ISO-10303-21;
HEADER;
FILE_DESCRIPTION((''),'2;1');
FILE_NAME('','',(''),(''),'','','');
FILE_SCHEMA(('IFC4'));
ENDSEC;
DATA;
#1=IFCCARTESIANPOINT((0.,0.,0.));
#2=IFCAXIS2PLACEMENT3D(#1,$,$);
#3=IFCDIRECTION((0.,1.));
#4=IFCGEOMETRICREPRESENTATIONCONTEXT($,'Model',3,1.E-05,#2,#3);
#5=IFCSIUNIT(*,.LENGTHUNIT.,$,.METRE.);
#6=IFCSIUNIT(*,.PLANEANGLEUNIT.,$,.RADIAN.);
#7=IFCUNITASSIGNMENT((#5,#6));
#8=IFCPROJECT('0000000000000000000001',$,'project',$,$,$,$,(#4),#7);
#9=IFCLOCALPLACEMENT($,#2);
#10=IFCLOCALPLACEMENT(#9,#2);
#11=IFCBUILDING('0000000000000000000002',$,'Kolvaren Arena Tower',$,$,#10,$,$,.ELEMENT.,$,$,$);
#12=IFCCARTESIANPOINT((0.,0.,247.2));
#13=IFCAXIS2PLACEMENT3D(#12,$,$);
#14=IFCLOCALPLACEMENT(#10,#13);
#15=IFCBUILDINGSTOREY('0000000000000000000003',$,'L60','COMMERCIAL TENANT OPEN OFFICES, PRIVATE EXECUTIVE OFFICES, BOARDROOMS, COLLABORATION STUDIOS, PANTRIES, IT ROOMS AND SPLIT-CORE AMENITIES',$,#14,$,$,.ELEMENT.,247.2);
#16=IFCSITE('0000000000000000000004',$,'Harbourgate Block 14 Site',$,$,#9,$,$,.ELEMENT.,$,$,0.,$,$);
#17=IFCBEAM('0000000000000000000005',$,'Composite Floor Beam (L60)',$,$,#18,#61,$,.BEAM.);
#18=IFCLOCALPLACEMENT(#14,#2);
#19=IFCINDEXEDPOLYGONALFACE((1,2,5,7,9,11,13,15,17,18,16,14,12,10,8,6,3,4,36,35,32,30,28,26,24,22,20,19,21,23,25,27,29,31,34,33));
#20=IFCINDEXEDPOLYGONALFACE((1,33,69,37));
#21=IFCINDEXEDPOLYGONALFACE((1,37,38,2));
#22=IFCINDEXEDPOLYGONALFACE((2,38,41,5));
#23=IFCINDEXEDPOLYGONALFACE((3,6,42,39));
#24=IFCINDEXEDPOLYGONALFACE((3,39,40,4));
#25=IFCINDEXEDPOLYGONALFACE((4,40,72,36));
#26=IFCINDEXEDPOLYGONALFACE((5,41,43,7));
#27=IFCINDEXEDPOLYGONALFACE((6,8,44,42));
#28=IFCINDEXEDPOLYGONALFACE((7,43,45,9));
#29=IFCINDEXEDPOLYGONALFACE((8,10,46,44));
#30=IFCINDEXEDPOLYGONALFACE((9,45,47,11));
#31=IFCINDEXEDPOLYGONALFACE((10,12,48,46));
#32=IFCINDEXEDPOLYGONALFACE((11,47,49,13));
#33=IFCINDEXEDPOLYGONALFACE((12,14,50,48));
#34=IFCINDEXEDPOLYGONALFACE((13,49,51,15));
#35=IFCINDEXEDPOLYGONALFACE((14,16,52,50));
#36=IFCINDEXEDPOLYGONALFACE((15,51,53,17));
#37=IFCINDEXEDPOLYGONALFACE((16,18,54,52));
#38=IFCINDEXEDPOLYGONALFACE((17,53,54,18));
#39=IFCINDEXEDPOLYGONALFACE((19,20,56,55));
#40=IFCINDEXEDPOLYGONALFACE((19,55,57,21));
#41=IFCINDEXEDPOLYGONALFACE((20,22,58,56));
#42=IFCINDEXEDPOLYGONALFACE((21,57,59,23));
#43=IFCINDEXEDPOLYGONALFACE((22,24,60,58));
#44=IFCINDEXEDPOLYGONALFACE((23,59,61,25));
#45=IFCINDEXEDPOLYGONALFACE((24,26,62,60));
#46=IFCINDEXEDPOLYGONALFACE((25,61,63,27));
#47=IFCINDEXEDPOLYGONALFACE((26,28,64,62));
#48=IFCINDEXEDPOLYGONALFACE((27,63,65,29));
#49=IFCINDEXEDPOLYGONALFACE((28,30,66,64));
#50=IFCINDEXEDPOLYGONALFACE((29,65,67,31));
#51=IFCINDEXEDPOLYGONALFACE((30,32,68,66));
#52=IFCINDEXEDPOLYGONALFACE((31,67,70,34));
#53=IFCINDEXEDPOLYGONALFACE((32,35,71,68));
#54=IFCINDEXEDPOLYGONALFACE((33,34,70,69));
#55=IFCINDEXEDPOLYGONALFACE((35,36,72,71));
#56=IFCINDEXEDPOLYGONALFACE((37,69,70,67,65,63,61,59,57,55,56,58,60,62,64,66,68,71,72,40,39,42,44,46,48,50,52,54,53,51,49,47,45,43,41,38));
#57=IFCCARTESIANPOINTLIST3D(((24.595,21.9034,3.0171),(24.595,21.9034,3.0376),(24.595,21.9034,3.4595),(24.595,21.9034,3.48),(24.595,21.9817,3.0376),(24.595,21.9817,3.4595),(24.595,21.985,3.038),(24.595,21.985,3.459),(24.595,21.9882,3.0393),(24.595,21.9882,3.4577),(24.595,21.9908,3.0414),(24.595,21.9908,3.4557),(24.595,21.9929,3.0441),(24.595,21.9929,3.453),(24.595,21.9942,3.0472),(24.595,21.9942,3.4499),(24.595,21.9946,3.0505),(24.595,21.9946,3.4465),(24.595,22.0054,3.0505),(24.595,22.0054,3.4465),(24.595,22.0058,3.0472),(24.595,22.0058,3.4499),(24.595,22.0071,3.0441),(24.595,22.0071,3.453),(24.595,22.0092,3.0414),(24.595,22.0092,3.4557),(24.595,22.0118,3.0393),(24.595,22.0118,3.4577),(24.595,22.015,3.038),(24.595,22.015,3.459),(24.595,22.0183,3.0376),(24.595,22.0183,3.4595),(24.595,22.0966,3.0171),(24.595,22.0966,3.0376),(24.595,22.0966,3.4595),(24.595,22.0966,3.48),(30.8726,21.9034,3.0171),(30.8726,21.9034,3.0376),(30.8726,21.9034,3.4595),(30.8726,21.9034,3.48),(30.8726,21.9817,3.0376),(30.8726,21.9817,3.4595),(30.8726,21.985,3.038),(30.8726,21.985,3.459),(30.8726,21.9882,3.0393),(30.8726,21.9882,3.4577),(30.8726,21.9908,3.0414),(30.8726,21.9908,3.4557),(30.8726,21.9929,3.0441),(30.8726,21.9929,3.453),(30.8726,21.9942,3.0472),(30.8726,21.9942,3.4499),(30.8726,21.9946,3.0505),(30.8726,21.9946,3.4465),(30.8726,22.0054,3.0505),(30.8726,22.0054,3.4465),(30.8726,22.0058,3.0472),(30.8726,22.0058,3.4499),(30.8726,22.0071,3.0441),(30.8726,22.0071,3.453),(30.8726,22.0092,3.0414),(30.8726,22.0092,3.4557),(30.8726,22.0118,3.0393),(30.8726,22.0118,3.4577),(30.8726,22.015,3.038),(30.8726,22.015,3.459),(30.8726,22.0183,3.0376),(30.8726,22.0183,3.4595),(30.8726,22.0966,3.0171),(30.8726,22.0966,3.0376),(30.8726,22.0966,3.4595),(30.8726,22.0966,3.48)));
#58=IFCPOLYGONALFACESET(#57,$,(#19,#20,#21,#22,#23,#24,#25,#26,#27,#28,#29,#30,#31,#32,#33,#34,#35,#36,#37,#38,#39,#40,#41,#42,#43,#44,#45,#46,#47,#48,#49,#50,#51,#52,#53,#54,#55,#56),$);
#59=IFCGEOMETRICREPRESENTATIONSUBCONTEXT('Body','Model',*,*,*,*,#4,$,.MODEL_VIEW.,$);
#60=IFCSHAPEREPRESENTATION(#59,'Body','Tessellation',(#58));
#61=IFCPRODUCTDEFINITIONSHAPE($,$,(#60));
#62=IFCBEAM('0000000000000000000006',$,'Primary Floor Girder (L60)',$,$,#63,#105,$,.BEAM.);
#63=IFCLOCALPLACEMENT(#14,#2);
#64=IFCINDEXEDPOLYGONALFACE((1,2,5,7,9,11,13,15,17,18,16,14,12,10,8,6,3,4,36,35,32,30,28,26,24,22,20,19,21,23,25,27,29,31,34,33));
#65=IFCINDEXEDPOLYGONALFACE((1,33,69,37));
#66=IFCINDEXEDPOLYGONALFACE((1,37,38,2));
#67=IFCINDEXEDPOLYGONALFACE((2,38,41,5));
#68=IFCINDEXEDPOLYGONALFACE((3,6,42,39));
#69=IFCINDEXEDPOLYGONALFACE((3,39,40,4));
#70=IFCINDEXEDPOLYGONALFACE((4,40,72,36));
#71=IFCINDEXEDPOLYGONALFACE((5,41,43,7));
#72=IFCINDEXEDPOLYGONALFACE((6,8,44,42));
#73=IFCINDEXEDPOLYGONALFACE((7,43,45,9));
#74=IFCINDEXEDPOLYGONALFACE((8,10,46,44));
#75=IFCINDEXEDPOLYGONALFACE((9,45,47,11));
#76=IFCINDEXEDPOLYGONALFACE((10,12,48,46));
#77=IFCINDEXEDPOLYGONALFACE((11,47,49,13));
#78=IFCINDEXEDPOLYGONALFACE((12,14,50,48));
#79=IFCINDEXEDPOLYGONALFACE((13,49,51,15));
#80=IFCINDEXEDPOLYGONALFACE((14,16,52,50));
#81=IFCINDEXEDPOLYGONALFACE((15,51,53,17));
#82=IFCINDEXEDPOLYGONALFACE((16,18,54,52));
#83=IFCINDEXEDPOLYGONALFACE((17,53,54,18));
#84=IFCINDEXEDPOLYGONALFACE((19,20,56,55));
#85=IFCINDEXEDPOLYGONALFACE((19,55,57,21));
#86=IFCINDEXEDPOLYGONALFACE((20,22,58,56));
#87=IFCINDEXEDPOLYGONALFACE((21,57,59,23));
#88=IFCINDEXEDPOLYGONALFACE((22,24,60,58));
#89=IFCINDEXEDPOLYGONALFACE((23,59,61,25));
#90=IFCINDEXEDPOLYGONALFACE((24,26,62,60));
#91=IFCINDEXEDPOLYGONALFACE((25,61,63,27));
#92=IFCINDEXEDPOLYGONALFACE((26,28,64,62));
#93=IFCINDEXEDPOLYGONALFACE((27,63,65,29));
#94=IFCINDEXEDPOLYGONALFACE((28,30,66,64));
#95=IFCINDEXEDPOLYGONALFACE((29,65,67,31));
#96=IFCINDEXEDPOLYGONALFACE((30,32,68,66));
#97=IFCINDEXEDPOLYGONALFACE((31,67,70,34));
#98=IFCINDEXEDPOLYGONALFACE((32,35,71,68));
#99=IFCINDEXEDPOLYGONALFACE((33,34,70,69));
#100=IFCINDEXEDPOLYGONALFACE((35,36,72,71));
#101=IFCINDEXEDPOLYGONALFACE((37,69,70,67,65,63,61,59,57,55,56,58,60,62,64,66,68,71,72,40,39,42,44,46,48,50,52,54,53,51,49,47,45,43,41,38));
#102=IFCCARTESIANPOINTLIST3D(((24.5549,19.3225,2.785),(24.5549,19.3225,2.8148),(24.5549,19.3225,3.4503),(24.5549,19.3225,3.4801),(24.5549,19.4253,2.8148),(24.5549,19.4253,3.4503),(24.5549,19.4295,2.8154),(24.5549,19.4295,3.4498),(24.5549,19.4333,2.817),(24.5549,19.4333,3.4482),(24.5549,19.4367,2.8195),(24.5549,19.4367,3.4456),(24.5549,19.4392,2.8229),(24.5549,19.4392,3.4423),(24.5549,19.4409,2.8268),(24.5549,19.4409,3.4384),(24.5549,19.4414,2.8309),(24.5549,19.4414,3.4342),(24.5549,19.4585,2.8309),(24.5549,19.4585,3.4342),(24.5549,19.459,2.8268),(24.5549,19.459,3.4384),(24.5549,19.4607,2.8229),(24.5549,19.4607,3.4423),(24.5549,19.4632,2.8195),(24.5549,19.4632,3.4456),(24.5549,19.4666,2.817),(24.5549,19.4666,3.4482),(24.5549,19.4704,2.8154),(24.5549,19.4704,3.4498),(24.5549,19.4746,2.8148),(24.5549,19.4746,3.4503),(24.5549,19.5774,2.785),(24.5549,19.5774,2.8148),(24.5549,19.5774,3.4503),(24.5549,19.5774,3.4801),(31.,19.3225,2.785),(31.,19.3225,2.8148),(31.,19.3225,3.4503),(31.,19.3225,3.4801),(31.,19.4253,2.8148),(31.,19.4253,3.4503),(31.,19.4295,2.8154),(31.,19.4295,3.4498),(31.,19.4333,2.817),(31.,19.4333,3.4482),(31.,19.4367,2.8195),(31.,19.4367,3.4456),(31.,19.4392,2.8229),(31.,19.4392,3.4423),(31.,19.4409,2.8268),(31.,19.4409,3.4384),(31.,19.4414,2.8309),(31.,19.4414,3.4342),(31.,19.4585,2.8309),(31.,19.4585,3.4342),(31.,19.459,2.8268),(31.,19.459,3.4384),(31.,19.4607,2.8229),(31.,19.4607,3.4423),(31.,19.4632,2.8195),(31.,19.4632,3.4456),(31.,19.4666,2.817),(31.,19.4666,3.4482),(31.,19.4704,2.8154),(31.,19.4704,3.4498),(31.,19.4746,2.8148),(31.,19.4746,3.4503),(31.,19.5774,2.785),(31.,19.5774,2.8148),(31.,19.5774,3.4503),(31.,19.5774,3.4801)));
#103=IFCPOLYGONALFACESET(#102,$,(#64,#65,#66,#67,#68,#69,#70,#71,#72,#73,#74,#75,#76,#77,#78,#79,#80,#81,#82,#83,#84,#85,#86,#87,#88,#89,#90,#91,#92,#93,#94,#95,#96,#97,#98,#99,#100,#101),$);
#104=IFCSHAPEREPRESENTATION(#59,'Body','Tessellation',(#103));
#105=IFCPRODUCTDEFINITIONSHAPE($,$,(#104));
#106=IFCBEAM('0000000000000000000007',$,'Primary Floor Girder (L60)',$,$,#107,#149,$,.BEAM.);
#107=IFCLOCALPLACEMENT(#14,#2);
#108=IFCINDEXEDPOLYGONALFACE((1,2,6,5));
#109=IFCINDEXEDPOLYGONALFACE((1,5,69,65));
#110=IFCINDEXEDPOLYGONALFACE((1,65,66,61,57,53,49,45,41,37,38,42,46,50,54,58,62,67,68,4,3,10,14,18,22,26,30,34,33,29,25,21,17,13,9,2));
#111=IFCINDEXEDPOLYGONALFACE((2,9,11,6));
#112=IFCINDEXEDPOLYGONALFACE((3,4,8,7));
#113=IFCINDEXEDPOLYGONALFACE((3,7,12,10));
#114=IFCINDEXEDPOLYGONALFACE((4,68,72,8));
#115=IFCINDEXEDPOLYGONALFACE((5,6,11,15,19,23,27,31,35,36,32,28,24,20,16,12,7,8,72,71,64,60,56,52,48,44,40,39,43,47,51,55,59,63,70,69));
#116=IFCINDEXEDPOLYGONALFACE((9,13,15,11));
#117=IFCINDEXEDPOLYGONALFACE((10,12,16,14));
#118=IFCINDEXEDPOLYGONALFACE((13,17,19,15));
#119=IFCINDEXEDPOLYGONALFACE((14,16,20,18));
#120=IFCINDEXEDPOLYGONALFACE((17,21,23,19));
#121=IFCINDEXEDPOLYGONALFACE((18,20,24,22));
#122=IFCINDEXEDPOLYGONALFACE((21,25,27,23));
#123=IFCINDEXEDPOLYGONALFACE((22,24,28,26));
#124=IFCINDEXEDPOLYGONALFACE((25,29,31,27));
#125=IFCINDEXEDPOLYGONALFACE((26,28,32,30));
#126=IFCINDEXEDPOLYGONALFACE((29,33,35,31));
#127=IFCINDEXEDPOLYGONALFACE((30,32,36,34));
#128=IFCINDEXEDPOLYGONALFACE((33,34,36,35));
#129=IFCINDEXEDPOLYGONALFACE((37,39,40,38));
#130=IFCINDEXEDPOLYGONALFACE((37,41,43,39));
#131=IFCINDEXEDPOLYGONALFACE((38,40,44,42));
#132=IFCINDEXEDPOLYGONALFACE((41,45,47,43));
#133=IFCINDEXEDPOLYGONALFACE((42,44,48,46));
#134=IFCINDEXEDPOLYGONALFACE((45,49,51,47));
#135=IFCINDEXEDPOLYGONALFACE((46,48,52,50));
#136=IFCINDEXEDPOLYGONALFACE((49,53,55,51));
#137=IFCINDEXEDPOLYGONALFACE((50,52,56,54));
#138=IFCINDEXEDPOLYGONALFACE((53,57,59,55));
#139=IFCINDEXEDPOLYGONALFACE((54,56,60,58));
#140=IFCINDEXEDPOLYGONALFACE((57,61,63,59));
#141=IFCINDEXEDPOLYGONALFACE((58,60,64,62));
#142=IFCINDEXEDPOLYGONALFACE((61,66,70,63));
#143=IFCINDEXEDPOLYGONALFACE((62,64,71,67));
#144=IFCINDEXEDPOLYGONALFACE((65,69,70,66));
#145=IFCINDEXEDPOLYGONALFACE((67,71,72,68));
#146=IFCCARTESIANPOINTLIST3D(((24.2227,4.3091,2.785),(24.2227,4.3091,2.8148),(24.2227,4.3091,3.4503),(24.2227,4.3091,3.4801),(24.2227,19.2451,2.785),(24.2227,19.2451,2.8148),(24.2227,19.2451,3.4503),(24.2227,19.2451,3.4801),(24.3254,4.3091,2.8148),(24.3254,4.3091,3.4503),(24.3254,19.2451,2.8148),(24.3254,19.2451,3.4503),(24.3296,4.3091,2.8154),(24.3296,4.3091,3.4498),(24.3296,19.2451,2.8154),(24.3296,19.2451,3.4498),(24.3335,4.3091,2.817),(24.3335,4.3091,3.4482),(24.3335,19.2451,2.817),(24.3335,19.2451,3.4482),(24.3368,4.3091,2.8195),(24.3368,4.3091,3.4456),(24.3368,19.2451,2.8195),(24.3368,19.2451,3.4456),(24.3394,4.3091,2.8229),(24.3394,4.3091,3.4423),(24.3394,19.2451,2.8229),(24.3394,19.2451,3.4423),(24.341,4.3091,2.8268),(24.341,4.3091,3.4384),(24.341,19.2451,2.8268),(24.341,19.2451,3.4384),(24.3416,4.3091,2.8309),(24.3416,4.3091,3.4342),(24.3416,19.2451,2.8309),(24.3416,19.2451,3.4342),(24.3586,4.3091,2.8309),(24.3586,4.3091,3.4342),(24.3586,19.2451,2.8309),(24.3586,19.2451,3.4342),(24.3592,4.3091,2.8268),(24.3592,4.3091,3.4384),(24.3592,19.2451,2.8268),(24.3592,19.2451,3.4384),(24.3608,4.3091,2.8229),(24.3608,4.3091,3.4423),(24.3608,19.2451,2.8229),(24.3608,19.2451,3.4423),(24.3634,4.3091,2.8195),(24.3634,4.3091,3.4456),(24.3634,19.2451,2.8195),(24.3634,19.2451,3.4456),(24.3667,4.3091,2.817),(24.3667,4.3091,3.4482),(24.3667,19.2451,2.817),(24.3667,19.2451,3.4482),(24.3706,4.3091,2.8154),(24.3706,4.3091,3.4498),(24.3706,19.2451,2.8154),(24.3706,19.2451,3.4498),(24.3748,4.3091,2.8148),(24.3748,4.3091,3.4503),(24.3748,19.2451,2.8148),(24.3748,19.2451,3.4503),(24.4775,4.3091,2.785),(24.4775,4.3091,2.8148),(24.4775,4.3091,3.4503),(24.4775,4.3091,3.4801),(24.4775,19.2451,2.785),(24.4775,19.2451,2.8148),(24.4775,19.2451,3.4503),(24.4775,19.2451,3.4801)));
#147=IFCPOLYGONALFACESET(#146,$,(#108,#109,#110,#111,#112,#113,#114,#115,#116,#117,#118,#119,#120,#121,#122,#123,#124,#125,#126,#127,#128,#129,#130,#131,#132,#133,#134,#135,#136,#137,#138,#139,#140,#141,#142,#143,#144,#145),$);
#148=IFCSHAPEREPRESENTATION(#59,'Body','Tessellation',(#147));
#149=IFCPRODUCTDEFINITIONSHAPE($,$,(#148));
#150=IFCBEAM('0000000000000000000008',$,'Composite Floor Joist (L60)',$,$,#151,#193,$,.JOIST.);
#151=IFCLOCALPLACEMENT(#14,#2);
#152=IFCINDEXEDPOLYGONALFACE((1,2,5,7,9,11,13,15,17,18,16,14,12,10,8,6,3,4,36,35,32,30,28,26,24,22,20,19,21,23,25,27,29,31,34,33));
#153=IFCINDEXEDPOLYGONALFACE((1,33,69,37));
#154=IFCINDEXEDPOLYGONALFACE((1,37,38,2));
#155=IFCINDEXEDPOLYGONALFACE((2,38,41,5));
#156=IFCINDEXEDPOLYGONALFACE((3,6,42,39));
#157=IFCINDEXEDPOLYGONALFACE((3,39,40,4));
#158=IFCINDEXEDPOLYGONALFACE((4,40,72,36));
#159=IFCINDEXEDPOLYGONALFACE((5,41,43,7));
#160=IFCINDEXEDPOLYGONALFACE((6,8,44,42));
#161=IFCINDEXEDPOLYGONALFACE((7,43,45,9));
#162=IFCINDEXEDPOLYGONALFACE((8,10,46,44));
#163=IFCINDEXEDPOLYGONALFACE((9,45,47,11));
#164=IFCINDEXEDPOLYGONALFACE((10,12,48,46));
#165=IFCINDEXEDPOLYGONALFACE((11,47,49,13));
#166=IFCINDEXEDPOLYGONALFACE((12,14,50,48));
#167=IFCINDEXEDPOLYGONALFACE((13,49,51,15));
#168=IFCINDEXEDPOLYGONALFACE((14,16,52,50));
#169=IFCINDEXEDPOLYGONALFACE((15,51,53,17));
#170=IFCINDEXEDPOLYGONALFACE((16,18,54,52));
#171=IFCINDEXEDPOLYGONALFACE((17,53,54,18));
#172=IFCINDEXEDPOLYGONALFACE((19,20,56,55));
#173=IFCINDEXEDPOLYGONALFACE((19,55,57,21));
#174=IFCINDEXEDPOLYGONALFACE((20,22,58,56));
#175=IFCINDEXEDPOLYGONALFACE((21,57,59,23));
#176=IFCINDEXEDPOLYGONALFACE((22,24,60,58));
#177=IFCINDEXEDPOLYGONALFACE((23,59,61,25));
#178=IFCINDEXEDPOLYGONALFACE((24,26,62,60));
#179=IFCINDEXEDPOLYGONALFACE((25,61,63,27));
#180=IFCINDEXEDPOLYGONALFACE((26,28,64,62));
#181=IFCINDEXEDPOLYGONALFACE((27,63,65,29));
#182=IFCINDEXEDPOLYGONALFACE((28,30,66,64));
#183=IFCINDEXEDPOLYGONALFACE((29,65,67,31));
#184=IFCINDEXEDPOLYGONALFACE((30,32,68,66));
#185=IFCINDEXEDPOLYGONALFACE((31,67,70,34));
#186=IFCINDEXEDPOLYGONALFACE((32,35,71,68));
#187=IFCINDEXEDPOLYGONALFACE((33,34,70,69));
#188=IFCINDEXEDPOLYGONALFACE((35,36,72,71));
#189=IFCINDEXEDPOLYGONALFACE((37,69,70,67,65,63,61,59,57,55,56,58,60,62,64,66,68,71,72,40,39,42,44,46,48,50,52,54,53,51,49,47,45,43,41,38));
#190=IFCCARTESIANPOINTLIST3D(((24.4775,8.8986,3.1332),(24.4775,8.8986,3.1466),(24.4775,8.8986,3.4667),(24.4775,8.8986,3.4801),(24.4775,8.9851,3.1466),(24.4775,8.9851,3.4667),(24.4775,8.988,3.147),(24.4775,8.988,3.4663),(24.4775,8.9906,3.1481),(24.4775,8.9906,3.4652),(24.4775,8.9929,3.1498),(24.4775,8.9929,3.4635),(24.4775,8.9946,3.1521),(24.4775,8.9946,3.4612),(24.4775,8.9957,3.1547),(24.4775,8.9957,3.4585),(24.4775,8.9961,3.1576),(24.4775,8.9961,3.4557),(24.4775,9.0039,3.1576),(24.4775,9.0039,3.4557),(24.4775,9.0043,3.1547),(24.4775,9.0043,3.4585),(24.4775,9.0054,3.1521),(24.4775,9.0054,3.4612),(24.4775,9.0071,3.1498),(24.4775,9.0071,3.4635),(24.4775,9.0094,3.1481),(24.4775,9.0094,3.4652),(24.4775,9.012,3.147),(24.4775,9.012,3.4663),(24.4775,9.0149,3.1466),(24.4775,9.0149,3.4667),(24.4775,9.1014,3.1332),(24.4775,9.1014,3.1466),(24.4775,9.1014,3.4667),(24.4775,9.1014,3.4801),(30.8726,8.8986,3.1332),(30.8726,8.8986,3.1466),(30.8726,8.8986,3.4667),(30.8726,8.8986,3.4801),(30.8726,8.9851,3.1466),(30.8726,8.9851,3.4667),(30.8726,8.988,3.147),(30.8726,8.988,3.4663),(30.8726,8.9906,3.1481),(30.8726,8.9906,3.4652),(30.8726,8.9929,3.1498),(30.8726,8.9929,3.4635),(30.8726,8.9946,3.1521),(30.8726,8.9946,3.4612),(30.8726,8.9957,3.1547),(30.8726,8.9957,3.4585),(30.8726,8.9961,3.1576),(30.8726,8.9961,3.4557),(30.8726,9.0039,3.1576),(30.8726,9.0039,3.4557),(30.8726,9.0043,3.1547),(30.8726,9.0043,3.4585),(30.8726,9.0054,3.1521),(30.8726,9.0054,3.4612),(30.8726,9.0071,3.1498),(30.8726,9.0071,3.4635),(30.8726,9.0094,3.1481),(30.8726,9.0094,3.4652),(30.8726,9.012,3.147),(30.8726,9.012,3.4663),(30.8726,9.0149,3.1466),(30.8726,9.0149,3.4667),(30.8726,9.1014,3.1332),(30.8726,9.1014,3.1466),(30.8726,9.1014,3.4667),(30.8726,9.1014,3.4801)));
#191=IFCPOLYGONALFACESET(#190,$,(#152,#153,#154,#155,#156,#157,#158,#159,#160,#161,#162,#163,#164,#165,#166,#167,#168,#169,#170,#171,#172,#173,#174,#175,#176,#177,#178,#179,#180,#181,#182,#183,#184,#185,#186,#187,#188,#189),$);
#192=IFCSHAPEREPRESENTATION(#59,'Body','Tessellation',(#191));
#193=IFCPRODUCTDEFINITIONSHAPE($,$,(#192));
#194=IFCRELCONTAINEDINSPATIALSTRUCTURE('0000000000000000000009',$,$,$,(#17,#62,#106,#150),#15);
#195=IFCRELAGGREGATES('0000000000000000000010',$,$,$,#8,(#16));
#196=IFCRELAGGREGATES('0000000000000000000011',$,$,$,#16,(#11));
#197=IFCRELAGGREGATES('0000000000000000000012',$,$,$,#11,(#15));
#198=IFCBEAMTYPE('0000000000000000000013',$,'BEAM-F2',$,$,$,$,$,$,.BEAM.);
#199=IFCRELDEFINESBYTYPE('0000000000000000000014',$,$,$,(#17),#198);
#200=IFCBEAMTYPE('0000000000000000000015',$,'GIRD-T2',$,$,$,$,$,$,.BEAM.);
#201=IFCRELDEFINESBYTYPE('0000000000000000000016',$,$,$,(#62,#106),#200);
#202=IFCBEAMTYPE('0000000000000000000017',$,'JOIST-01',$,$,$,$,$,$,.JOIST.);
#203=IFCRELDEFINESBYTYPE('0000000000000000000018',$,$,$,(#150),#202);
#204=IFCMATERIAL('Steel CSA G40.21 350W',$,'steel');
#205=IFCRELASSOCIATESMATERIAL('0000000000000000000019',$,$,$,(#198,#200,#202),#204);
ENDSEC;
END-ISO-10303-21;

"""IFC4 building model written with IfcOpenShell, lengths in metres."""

from ifc_helpers import new_model, si_unit, direction, frame, origin, origin_2d, place, context, subcontext, project, spatial, i_section, extrude, material, material_profile, profile_set, type_object, element, save


model = new_model("IFC4")

# Units and contexts
model_context = context("Model", 3, precision=1e-05, world=origin(), true_north=direction((0.0, 1.0)))
body_context = subcontext(model_context, "Body", "Model", "MODEL_VIEW")
ifc_project = project(units=[si_unit("LENGTHUNIT", "METRE"), si_unit("PLANEANGLEUNIT", "RADIAN")], contexts=[model_context])

# Site, building, storey
site_placement = place(None, origin())
site = spatial("IfcSite", under=ifc_project, at=site_placement, Name="Harbourgate Block 14 Site", CompositionType="ELEMENT", RefElevation=0.0)
building_placement = place(site_placement, origin())
building = spatial("IfcBuilding", under=site, at=building_placement, Name="Kolvaren Arena Tower", CompositionType="ELEMENT")
storey_placement = place(building_placement, frame((0.0, 0.0, 247.2)))
storey = spatial("IfcBuildingStorey", under=building, at=storey_placement, Name="L60", Description="COMMERCIAL TENANT OPEN OFFICES, PRIVATE EXECUTIVE OFFICES, BOARDROOMS, COLLABORATION STUDIOS, PANTRIES, IT ROOMS AND SPLIT-CORE AMENITIES", CompositionType="ELEMENT", Elevation=247.2)

# Beams
ifc_material_1 = material(Name="Steel CSA G40.21 350W", Category="steel")
ifc_material_profile_1 = material_profile(ifc_material_1, i_section(OverallWidth=0.1931, OverallDepth=0.4629, WebThickness=0.0107, FlangeThickness=0.0205, FilletRadius=0.0129, at=origin_2d()), Name="W460x113")
ifc_profile_set_1 = profile_set([ifc_material_profile_1], Name="Steel CSA G40.21 350W")
beam_type_1 = type_object("IfcBeamType", Name="BEAM-F2", PredefinedType="BEAM", material=ifc_profile_set_1)
beam_1_placement = place(storey_placement, frame((24.595, 22.0, 3.2485), z_axis=(1.0, 0.0, 0.0), x_axis=(0.0, 1.0, 0.0)))
element("IfcBeam", 1, at=beam_1_placement, inside=storey, type_object=beam_type_1, Name="Composite Floor Beam (L60)", PredefinedType="BEAM", context=body_context, shape_type="SweptSolid", body=[
    extrude(i_section(OverallWidth=0.1931, OverallDepth=0.4629, WebThickness=0.0107, FlangeThickness=0.0205, FilletRadius=0.0129, at=origin_2d()), origin(), (0.0, 0.0, 1.0), 6.2776),
])
ifc_material_profile_2 = material_profile(ifc_material_1, i_section(OverallWidth=0.2549, OverallDepth=0.6951, WebThickness=0.0171, FlangeThickness=0.0298, FilletRadius=0.0161, at=origin_2d()), Name="W690x217")
ifc_profile_set_2 = profile_set([ifc_material_profile_2], Name="Steel CSA G40.21 350W")
beam_type_2 = type_object("IfcBeamType", Name="GIRD-T2", PredefinedType="BEAM", material=ifc_profile_set_2)
beam_2_placement = place(storey_placement, frame((24.5549, 19.45, 3.1326), z_axis=(1.0, 0.0, 0.0), x_axis=(0.0, 1.0, 0.0)))
element("IfcBeam", 2, at=beam_2_placement, inside=storey, type_object=beam_type_2, Name="Primary Floor Girder (L60)", PredefinedType="BEAM", context=body_context, shape_type="SweptSolid", body=[
    extrude(i_section(OverallWidth=0.2549, OverallDepth=0.6951, WebThickness=0.0171, FlangeThickness=0.0298, FilletRadius=0.0161, at=origin_2d()), origin(), (0.0, 0.0, 1.0), 6.4451),
])
beam_3_placement = place(storey_placement, frame((24.3501, 4.3091, 3.1326), z_axis=(0.0, 1.0, 0.0), x_axis=(-1.0, 0.0, 0.0)))
element("IfcBeam", 3, at=beam_3_placement, inside=storey, type_object=beam_type_2, Name="Primary Floor Girder (L60)", PredefinedType="BEAM", context=body_context, shape_type="SweptSolid", body=[
    extrude(i_section(OverallWidth=0.2549, OverallDepth=0.6951, WebThickness=0.0171, FlangeThickness=0.0298, FilletRadius=0.0161, at=origin_2d()), origin(), (0.0, 0.0, 1.0), 14.936),
])
ifc_material_profile_3 = material_profile(ifc_material_1, i_section(OverallWidth=0.2029, OverallDepth=0.3469, WebThickness=0.0078, FlangeThickness=0.0134, FilletRadius=0.011, at=origin_2d()), Name="W360x64")
ifc_profile_set_3 = profile_set([ifc_material_profile_3], Name="Steel CSA G40.21 350W")
beam_type_3 = type_object("IfcBeamType", Name="JOIST-01", PredefinedType="JOIST", material=ifc_profile_set_3)
for number, where, z_axis, x_axis, name in (
    (4, (24.4775, 9.0, 3.3066), (1.0, 0.0, 0.0), (0.0, 1.0, 0.0), "Composite Floor Joist (L60)"),
):
    element("IfcBeam", number, at=place(storey_placement, frame(where, z_axis=z_axis, x_axis=x_axis)), inside=storey, type_object=beam_type_3, Name=name, PredefinedType="JOIST", context=body_context, shape_type="SweptSolid", body=[
        extrude(i_section(OverallWidth=0.2029, OverallDepth=0.3469, WebThickness=0.0078, FlangeThickness=0.0134, FilletRadius=0.011, at=origin_2d()), origin(), (0.0, 0.0, 1.0), 6.395),
    ])

save(model, "model.ifc")
